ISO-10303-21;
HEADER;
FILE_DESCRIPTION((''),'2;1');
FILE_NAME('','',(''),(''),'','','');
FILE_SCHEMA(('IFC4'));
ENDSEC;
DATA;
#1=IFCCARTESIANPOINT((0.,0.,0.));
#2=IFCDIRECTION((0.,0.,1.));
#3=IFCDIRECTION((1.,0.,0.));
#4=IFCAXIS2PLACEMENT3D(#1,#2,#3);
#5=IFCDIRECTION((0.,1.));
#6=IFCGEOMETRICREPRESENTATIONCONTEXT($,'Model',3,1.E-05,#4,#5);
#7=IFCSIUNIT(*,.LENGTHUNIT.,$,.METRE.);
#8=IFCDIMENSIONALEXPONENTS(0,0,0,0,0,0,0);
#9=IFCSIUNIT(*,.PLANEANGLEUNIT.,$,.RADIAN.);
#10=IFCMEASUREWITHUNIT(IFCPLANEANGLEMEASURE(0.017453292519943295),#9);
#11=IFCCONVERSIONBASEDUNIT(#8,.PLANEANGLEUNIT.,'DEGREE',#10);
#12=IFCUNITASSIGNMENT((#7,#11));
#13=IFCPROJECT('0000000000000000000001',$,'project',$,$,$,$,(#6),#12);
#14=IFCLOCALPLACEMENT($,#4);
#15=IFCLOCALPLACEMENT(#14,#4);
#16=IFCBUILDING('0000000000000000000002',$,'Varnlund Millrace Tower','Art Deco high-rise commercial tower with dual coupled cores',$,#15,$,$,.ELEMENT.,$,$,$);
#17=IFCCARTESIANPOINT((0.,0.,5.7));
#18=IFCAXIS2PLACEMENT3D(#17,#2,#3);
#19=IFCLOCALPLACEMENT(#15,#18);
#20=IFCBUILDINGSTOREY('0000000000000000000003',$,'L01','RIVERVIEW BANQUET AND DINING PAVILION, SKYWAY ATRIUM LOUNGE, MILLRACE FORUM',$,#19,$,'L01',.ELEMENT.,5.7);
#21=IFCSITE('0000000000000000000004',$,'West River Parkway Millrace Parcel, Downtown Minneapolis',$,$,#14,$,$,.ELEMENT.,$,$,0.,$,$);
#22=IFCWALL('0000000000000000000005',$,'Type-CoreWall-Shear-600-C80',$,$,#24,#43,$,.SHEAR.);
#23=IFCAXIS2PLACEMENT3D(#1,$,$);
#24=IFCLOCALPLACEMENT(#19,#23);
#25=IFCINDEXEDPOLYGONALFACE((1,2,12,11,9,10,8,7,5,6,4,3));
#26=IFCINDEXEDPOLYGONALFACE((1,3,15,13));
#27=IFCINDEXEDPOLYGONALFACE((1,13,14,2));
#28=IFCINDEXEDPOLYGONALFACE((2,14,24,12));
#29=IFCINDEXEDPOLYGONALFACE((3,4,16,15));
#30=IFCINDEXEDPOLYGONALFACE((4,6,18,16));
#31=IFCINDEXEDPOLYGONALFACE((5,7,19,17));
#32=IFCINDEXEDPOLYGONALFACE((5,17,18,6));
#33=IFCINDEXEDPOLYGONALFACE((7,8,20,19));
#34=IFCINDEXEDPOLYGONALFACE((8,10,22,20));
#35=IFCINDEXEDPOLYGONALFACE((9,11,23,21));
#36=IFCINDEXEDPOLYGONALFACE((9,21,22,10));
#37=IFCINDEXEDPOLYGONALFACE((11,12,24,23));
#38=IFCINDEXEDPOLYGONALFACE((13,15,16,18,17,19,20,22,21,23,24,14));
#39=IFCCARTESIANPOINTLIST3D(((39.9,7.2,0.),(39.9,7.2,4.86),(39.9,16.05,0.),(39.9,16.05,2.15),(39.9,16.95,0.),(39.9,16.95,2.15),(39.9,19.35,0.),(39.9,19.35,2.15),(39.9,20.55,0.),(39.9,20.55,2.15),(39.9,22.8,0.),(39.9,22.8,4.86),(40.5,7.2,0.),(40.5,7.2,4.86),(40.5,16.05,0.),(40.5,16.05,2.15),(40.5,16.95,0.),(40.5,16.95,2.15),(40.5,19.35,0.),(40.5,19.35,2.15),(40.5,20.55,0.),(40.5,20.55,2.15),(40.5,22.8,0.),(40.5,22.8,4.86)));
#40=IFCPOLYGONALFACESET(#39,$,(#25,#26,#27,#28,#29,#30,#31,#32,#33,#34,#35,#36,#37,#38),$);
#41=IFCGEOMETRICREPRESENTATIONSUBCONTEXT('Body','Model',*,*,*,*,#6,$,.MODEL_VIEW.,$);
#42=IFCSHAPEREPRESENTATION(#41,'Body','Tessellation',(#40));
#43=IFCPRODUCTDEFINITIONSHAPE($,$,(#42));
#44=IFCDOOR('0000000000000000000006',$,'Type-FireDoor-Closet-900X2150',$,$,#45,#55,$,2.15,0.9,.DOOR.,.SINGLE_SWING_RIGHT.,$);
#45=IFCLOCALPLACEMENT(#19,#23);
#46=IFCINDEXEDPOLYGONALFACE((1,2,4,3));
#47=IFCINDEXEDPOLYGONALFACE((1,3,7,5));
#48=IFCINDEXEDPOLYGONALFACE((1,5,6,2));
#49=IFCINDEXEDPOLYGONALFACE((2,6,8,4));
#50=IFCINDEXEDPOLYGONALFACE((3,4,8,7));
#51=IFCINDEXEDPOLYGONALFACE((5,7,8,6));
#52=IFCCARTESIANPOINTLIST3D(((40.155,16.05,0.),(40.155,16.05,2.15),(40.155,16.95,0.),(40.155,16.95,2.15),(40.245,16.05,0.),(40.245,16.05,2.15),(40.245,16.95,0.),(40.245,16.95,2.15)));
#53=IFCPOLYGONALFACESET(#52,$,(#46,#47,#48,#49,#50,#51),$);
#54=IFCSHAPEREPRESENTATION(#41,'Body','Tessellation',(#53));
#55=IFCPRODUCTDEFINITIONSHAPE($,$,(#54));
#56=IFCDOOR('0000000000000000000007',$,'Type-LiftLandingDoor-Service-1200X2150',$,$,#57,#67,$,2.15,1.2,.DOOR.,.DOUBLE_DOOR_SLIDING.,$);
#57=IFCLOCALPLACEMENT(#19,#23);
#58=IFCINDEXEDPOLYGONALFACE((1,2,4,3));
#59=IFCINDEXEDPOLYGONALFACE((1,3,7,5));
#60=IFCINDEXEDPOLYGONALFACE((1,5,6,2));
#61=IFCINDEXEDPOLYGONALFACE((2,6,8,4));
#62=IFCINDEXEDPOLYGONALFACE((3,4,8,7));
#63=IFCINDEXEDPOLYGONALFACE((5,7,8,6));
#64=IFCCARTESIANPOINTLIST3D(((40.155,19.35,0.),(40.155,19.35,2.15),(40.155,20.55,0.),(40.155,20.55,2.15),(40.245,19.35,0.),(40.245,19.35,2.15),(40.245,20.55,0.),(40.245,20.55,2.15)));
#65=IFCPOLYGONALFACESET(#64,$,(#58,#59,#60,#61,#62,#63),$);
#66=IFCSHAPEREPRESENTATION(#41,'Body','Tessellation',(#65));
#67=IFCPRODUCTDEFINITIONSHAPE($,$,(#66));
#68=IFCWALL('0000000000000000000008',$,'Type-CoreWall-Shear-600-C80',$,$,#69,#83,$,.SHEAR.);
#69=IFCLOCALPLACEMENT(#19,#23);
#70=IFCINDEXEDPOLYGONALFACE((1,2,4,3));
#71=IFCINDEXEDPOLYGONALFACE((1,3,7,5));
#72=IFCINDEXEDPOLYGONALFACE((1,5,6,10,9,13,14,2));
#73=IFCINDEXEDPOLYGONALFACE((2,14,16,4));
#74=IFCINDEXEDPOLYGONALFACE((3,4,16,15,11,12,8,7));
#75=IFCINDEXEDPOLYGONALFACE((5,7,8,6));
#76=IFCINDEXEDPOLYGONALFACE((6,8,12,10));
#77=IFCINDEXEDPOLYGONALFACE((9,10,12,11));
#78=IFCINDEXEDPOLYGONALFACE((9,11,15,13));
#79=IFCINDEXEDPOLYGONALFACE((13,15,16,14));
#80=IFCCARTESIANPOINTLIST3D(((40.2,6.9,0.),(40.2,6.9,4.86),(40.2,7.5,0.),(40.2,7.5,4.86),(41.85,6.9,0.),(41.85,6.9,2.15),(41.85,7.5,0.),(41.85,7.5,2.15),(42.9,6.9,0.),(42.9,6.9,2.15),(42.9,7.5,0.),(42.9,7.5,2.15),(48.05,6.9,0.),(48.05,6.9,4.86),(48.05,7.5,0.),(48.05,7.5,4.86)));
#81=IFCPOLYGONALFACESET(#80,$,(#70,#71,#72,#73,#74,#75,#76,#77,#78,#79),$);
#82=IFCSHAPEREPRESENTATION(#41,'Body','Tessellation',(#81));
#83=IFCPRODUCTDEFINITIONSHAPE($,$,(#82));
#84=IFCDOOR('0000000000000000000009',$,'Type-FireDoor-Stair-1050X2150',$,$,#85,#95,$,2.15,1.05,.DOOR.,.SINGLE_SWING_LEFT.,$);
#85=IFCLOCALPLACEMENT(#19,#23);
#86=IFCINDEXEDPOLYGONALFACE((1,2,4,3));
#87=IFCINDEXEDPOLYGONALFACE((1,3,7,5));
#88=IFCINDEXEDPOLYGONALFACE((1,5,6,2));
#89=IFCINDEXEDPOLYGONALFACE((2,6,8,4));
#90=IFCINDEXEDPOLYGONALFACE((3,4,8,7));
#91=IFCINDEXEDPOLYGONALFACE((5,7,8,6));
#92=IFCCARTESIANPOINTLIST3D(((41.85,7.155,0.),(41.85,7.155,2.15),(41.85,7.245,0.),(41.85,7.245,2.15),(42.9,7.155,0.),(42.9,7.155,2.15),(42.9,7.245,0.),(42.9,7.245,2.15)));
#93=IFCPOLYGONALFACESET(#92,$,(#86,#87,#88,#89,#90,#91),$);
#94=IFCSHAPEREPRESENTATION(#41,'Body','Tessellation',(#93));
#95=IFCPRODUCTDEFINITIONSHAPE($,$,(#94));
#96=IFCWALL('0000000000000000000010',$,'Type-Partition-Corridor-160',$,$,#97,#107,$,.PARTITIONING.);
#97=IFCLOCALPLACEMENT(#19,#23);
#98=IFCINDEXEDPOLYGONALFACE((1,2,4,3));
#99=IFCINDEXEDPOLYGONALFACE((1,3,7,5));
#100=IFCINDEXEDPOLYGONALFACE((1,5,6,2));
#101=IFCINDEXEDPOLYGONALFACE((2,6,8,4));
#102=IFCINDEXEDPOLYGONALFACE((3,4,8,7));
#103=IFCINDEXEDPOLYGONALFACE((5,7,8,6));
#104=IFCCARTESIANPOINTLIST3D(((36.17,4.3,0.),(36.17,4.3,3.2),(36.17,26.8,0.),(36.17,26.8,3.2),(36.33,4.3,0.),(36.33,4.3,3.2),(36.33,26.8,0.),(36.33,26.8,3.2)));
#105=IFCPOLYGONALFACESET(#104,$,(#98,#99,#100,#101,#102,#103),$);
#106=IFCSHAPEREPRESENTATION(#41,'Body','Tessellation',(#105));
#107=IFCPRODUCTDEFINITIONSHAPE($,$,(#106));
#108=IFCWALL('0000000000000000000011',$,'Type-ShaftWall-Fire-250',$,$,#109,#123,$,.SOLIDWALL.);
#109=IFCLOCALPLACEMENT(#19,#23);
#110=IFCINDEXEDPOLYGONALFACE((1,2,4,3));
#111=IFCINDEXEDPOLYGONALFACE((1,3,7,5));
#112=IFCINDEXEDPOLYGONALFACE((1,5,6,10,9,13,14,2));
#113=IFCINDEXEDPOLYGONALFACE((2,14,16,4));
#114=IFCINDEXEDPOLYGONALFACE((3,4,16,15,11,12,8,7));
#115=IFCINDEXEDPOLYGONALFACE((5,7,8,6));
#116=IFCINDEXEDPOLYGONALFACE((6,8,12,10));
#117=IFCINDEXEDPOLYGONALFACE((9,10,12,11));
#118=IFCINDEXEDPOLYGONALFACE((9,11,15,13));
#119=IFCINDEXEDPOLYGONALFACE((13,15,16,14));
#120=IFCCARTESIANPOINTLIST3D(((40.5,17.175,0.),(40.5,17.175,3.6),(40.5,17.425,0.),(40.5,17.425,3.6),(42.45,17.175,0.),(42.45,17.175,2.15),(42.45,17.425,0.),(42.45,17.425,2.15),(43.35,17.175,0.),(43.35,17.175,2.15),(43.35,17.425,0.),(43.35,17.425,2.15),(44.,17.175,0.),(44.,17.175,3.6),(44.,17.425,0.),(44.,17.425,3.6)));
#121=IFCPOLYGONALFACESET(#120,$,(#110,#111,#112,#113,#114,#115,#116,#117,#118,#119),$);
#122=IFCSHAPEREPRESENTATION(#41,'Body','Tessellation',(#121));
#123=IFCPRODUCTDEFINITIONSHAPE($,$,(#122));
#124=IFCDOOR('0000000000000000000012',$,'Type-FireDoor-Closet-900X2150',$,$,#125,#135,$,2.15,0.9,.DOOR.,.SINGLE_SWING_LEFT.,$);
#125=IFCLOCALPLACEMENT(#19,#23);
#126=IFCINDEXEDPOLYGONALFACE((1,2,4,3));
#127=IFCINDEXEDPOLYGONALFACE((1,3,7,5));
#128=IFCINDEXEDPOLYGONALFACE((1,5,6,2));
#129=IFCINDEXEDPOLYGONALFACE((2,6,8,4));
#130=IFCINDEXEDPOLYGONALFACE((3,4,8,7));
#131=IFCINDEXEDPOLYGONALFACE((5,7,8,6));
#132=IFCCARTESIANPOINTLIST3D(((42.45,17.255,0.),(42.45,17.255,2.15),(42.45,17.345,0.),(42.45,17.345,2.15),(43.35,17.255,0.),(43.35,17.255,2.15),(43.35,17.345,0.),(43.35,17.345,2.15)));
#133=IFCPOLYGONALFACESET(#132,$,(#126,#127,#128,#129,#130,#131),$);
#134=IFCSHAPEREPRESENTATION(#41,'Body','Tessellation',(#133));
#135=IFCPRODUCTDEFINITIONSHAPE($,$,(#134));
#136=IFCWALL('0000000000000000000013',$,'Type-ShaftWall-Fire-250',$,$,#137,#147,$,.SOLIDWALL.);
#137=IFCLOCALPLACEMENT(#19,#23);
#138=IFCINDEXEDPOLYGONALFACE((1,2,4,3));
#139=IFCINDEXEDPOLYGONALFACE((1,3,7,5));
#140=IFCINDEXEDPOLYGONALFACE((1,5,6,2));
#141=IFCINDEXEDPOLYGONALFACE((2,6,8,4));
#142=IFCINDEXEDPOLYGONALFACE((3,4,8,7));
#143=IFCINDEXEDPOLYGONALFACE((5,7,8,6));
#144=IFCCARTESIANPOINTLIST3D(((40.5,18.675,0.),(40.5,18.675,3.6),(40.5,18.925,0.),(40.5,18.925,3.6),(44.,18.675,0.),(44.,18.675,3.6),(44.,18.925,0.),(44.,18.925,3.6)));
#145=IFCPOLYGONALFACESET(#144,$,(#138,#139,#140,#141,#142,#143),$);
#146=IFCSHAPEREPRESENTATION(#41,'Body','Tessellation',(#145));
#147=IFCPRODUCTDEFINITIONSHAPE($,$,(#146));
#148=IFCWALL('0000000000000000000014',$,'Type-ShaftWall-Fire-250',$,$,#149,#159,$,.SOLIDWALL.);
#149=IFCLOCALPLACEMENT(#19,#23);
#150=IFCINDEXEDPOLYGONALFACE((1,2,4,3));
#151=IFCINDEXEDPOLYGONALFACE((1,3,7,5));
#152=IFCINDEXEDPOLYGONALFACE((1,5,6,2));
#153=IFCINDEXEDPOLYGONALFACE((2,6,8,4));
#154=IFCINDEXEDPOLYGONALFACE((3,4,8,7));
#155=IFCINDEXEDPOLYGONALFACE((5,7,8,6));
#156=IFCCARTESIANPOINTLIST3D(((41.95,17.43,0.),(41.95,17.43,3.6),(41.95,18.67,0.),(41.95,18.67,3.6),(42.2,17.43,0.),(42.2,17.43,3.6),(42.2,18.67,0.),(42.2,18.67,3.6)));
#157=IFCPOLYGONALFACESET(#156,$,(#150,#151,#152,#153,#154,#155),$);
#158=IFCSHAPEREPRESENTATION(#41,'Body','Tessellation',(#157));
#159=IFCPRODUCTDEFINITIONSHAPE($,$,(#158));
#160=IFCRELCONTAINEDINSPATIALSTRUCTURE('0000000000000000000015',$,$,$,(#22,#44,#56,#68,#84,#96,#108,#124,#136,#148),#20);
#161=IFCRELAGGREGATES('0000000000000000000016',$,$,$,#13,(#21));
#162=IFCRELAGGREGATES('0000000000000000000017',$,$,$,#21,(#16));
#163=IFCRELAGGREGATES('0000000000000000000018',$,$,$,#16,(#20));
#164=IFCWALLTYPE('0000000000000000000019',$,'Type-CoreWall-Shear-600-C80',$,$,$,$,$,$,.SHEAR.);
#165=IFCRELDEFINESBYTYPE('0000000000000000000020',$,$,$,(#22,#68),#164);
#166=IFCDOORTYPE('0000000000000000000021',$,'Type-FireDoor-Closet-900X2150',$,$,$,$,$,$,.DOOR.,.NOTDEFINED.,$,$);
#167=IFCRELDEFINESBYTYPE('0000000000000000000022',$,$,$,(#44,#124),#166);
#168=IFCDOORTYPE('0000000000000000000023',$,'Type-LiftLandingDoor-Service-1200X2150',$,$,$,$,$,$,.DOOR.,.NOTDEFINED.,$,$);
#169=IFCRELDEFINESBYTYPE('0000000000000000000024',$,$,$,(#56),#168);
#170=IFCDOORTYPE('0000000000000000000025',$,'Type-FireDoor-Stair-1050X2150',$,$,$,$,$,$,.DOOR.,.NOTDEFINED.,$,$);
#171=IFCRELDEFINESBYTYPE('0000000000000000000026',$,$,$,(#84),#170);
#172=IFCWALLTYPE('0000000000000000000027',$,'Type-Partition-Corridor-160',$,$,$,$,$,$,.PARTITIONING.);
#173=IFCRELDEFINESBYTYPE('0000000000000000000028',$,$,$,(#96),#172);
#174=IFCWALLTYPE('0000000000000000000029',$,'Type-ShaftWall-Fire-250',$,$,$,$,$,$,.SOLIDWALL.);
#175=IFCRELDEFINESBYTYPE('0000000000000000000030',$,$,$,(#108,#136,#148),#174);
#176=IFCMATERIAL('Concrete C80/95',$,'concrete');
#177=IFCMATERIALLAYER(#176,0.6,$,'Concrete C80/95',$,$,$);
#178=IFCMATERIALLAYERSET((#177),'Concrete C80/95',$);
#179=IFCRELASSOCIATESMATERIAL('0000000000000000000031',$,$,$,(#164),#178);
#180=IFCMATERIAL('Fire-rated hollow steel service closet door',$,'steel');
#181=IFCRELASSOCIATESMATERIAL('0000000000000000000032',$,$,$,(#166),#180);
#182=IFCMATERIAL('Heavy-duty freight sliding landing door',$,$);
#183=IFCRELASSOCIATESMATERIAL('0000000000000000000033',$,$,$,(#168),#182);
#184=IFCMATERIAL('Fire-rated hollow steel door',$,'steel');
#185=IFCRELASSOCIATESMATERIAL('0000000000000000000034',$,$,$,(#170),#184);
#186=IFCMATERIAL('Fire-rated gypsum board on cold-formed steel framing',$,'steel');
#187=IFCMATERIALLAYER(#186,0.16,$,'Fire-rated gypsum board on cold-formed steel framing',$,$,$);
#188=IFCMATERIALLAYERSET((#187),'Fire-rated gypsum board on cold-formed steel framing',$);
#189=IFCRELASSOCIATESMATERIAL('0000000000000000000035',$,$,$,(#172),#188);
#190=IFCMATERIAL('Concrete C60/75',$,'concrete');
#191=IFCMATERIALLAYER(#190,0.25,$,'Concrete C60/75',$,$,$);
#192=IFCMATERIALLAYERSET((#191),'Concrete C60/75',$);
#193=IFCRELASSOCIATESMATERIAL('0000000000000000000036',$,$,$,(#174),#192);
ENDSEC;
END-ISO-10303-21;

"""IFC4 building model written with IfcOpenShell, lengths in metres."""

from ifc_helpers import new_model, entity, si_unit, converted_unit, direction, frame, origin_with_axes, origin_2d_with_axis, place, context, subcontext, project, spatial, polyline, rectangle, outline, extrude, material, layer, layer_set, type_object, element, fill, save


model = new_model("IFC4")

# Units and contexts
model_context = context("Model", 3, precision=1e-05, world=origin_with_axes(), true_north=direction((0.0, 1.0)))
body_context = subcontext(model_context, "Body", "Model", "MODEL_VIEW")
ifc_project = project(units=[si_unit("LENGTHUNIT", "METRE"), converted_unit("PLANEANGLEUNIT", "DEGREE", entity("IfcPlaneAngleMeasure", 0.017453292519943295), si_unit("PLANEANGLEUNIT", "RADIAN"), dimensions=[0, 0, 0, 0, 0, 0, 0])], contexts=[model_context])

# Site, building, storey
site_placement = place(None, origin_with_axes())
site = spatial("IfcSite", under=ifc_project, at=site_placement, Name="West River Parkway Millrace Parcel, Downtown Minneapolis", CompositionType="ELEMENT", RefElevation=0.0)
building_placement = place(site_placement, origin_with_axes())
building = spatial("IfcBuilding", under=site, at=building_placement, Name="Varnlund Millrace Tower", Description="Art Deco high-rise commercial tower with dual coupled cores", CompositionType="ELEMENT")
storey_placement = place(building_placement, frame((0.0, 0.0, 5.7), z_axis=(0.0, 0.0, 1.0), x_axis=(1.0, 0.0, 0.0)))
storey = spatial("IfcBuildingStorey", under=building, at=storey_placement, Name="L01", Description="RIVERVIEW BANQUET AND DINING PAVILION, SKYWAY ATRIUM LOUNGE, MILLRACE FORUM", LongName="L01", CompositionType="ELEMENT", Elevation=5.7)

# Shared definitions
ifc_material_1 = material(Name="Concrete C80/95", Category="concrete")

# Wall, openings, doors
ifc_layer_1 = layer(ifc_material_1, 0.6, Name="Concrete C80/95")
ifc_layer_set_1 = layer_set([ifc_layer_1], Name="Concrete C80/95")
wall_type_1 = type_object("IfcWallType", Name="Type-CoreWall-Shear-600-C80", PredefinedType="SHEAR", material=ifc_layer_set_1)
wall_1_placement = place(storey_placement, frame((40.2, 7.2, 0.0), z_axis=(0.0, 0.0, 1.0), x_axis=(0.0, 1.0, 0.0)))
wall_1 = element("IfcWall", 1, at=wall_1_placement, inside=storey, type_object=wall_type_1, Name="Type-CoreWall-Shear-600-C80", PredefinedType="SHEAR", context=body_context, shape_type="SweptSolid", body=[
    extrude(outline(polyline([(0.0, -0.3), (15.6, -0.3), (15.6, 0.3), (0.0, 0.3), (0.0, -0.3)])), origin_with_axes(), (0.0, 0.0, 1.0), 4.86),
])
opening_1_placement = place(wall_1_placement, frame((12.75, 0.0, 0.0), z_axis=(0.0, 0.0, 1.0), x_axis=(1.0, 0.0, 0.0)))
opening_1 = element("IfcOpeningElement", 2, at=opening_1_placement, cuts=wall_1, PredefinedType="OPENING", context=body_context, shape_type="SweptSolid", body=[
    extrude(rectangle(XDim=1.2, YDim=0.62, at=origin_2d_with_axis()), origin_with_axes(), (0.0, 0.0, 1.0), 2.15),
])
opening_2_placement = place(wall_1_placement, frame((9.3, 0.0, 0.0), z_axis=(0.0, 0.0, 1.0), x_axis=(1.0, 0.0, 0.0)))
opening_2 = element("IfcOpeningElement", 3, at=opening_2_placement, cuts=wall_1, PredefinedType="OPENING", context=body_context, shape_type="SweptSolid", body=[
    extrude(rectangle(XDim=0.9, YDim=0.62, at=origin_2d_with_axis()), origin_with_axes(), (0.0, 0.0, 1.0), 2.15),
])
ifc_material_2 = material(Name="Fire-rated hollow steel service closet door", Category="steel")
door_type_1 = type_object("IfcDoorType", Name="Type-FireDoor-Closet-900X2150", OperationType="NOTDEFINED", PredefinedType="DOOR", material=ifc_material_2)
door_1_placement = place(wall_1_placement, frame((9.3, 0.0, 0.0), z_axis=(0.0, 0.0, 1.0), x_axis=(1.0, 0.0, 0.0)))
door_1 = element("IfcDoor", 4, at=door_1_placement, inside=storey, type_object=door_type_1, Name="Type-FireDoor-Closet-900X2150", OperationType="SINGLE_SWING_RIGHT", OverallHeight=2.15, OverallWidth=0.9, PredefinedType="DOOR", context=body_context, shape_type="SweptSolid", body=[
    extrude(rectangle(XDim=0.9, YDim=0.09, at=origin_2d_with_axis()), origin_with_axes(), (0.0, 0.0, 1.0), 2.15),
])
fill(opening_2, door_1)
ifc_material_3 = material(Name="Heavy-duty freight sliding landing door")
door_type_2 = type_object("IfcDoorType", Name="Type-LiftLandingDoor-Service-1200X2150", OperationType="NOTDEFINED", PredefinedType="DOOR", material=ifc_material_3)
door_2_placement = place(wall_1_placement, frame((12.75, 0.0, 0.0), z_axis=(0.0, 0.0, 1.0), x_axis=(1.0, 0.0, 0.0)))
door_2 = element("IfcDoor", 5, at=door_2_placement, inside=storey, type_object=door_type_2, Name="Type-LiftLandingDoor-Service-1200X2150", OperationType="DOUBLE_DOOR_SLIDING", OverallHeight=2.15, OverallWidth=1.2, PredefinedType="DOOR", context=body_context, shape_type="SweptSolid", body=[
    extrude(rectangle(XDim=1.2, YDim=0.09, at=origin_2d_with_axis()), origin_with_axes(), (0.0, 0.0, 1.0), 2.15),
])
fill(opening_1, door_2)

# Wall, opening, door
wall_2_placement = place(storey_placement, frame((40.2, 7.2, 0.0), z_axis=(0.0, 0.0, 1.0), x_axis=(1.0, 0.0, 0.0)))
wall_2 = element("IfcWall", 6, at=wall_2_placement, inside=storey, type_object=wall_type_1, Name="Type-CoreWall-Shear-600-C80", PredefinedType="SHEAR", context=body_context, shape_type="SweptSolid", body=[
    extrude(outline(polyline([(0.0, -0.3), (7.85, -0.3), (7.85, 0.3), (0.0, 0.3), (0.0, -0.3)])), origin_with_axes(), (0.0, 0.0, 1.0), 4.86),
])
opening_3_placement = place(wall_2_placement, frame((2.175, 0.0, 0.0), z_axis=(0.0, 0.0, 1.0), x_axis=(1.0, 0.0, 0.0)))
opening_3 = element("IfcOpeningElement", 7, at=opening_3_placement, cuts=wall_2, PredefinedType="OPENING", context=body_context, shape_type="SweptSolid", body=[
    extrude(rectangle(XDim=1.05, YDim=0.62, at=origin_2d_with_axis()), origin_with_axes(), (0.0, 0.0, 1.0), 2.15),
])
ifc_material_4 = material(Name="Fire-rated hollow steel door", Category="steel")
door_type_3 = type_object("IfcDoorType", Name="Type-FireDoor-Stair-1050X2150", OperationType="NOTDEFINED", PredefinedType="DOOR", material=ifc_material_4)
door_3_placement = place(wall_2_placement, frame((2.175, 0.0, 0.0), z_axis=(0.0, 0.0, 1.0), x_axis=(1.0, 0.0, 0.0)))
door_3 = element("IfcDoor", 8, at=door_3_placement, inside=storey, type_object=door_type_3, Name="Type-FireDoor-Stair-1050X2150", OperationType="SINGLE_SWING_LEFT", OverallHeight=2.15, OverallWidth=1.05, PredefinedType="DOOR", context=body_context, shape_type="SweptSolid", body=[
    extrude(rectangle(XDim=1.05, YDim=0.09, at=origin_2d_with_axis()), origin_with_axes(), (0.0, 0.0, 1.0), 2.15),
])
fill(opening_3, door_3)

# Wall
ifc_material_5 = material(Name="Fire-rated gypsum board on cold-formed steel framing", Category="steel")
ifc_layer_2 = layer(ifc_material_5, 0.16, Name="Fire-rated gypsum board on cold-formed steel framing")
ifc_layer_set_2 = layer_set([ifc_layer_2], Name="Fire-rated gypsum board on cold-formed steel framing")
wall_type_2 = type_object("IfcWallType", Name="Type-Partition-Corridor-160", PredefinedType="PARTITIONING", material=ifc_layer_set_2)
wall_3_placement = place(storey_placement, frame((36.25, 4.3, 0.0), z_axis=(0.0, 0.0, 1.0), x_axis=(0.0, 1.0, 0.0)))
element("IfcWall", 9, at=wall_3_placement, inside=storey, type_object=wall_type_2, Name="Type-Partition-Corridor-160", PredefinedType="PARTITIONING", context=body_context, shape_type="SweptSolid", body=[
    extrude(outline(polyline([(0.0, -0.08), (22.5, -0.08), (22.5, 0.08), (0.0, 0.08), (0.0, -0.08)])), origin_with_axes(), (0.0, 0.0, 1.0), 3.2),
])

# Wall, opening, door
ifc_material_6 = material(Name="Concrete C60/75", Category="concrete")
ifc_layer_3 = layer(ifc_material_6, 0.25, Name="Concrete C60/75")
ifc_layer_set_3 = layer_set([ifc_layer_3], Name="Concrete C60/75")
wall_type_3 = type_object("IfcWallType", Name="Type-ShaftWall-Fire-250", PredefinedType="SOLIDWALL", material=ifc_layer_set_3)
wall_4_placement = place(storey_placement, frame((40.5, 17.3, 0.0), z_axis=(0.0, 0.0, 1.0), x_axis=(1.0, 0.0, 0.0)))
wall_4 = element("IfcWall", 10, at=wall_4_placement, inside=storey, type_object=wall_type_3, Name="Type-ShaftWall-Fire-250", PredefinedType="SOLIDWALL", context=body_context, shape_type="SweptSolid", body=[
    extrude(outline(polyline([(0.0, -0.125), (3.5, -0.125), (3.5, 0.125), (0.0, 0.125), (0.0, -0.125)])), origin_with_axes(), (0.0, 0.0, 1.0), 3.6),
])
opening_4_placement = place(wall_4_placement, frame((2.4, 0.0, 0.0), z_axis=(0.0, 0.0, 1.0), x_axis=(1.0, 0.0, 0.0)))
opening_4 = element("IfcOpeningElement", 11, at=opening_4_placement, cuts=wall_4, PredefinedType="OPENING", context=body_context, shape_type="SweptSolid", body=[
    extrude(rectangle(XDim=0.9, YDim=0.27, at=origin_2d_with_axis()), origin_with_axes(), (0.0, 0.0, 1.0), 2.15),
])
door_4_placement = place(wall_4_placement, frame((2.4, 0.0, 0.0), z_axis=(0.0, 0.0, 1.0), x_axis=(1.0, 0.0, 0.0)))
door_4 = element("IfcDoor", 12, at=door_4_placement, inside=storey, type_object=door_type_1, Name="Type-FireDoor-Closet-900X2150", OperationType="SINGLE_SWING_LEFT", OverallHeight=2.15, OverallWidth=0.9, PredefinedType="DOOR", context=body_context, shape_type="SweptSolid", body=[
    extrude(rectangle(XDim=0.9, YDim=0.09, at=origin_2d_with_axis()), origin_with_axes(), (0.0, 0.0, 1.0), 2.15),
])
fill(opening_4, door_4)

# Walls
wall_5_placement = place(storey_placement, frame((40.5, 18.8, 0.0), z_axis=(0.0, 0.0, 1.0), x_axis=(1.0, 0.0, 0.0)))
element("IfcWall", 13, at=wall_5_placement, inside=storey, type_object=wall_type_3, Name="Type-ShaftWall-Fire-250", PredefinedType="SOLIDWALL", context=body_context, shape_type="SweptSolid", body=[
    extrude(outline(polyline([(0.0, -0.125), (3.5, -0.125), (3.5, 0.125), (0.0, 0.125), (0.0, -0.125)])), origin_with_axes(), (0.0, 0.0, 1.0), 3.6),
])
wall_6_placement = place(storey_placement, frame((42.075, 17.43, 0.0), z_axis=(0.0, 0.0, 1.0), x_axis=(0.0, 1.0, 0.0)))
element("IfcWall", 14, at=wall_6_placement, inside=storey, type_object=wall_type_3, Name="Type-ShaftWall-Fire-250", PredefinedType="SOLIDWALL", context=body_context, shape_type="SweptSolid", body=[
    extrude(outline(polyline([(0.0, -0.125), (1.24, -0.125), (1.24, 0.125), (0.0, 0.125), (0.0, -0.125)])), origin_with_axes(), (0.0, 0.0, 1.0), 3.6),
])

save(model, "model.ifc")
